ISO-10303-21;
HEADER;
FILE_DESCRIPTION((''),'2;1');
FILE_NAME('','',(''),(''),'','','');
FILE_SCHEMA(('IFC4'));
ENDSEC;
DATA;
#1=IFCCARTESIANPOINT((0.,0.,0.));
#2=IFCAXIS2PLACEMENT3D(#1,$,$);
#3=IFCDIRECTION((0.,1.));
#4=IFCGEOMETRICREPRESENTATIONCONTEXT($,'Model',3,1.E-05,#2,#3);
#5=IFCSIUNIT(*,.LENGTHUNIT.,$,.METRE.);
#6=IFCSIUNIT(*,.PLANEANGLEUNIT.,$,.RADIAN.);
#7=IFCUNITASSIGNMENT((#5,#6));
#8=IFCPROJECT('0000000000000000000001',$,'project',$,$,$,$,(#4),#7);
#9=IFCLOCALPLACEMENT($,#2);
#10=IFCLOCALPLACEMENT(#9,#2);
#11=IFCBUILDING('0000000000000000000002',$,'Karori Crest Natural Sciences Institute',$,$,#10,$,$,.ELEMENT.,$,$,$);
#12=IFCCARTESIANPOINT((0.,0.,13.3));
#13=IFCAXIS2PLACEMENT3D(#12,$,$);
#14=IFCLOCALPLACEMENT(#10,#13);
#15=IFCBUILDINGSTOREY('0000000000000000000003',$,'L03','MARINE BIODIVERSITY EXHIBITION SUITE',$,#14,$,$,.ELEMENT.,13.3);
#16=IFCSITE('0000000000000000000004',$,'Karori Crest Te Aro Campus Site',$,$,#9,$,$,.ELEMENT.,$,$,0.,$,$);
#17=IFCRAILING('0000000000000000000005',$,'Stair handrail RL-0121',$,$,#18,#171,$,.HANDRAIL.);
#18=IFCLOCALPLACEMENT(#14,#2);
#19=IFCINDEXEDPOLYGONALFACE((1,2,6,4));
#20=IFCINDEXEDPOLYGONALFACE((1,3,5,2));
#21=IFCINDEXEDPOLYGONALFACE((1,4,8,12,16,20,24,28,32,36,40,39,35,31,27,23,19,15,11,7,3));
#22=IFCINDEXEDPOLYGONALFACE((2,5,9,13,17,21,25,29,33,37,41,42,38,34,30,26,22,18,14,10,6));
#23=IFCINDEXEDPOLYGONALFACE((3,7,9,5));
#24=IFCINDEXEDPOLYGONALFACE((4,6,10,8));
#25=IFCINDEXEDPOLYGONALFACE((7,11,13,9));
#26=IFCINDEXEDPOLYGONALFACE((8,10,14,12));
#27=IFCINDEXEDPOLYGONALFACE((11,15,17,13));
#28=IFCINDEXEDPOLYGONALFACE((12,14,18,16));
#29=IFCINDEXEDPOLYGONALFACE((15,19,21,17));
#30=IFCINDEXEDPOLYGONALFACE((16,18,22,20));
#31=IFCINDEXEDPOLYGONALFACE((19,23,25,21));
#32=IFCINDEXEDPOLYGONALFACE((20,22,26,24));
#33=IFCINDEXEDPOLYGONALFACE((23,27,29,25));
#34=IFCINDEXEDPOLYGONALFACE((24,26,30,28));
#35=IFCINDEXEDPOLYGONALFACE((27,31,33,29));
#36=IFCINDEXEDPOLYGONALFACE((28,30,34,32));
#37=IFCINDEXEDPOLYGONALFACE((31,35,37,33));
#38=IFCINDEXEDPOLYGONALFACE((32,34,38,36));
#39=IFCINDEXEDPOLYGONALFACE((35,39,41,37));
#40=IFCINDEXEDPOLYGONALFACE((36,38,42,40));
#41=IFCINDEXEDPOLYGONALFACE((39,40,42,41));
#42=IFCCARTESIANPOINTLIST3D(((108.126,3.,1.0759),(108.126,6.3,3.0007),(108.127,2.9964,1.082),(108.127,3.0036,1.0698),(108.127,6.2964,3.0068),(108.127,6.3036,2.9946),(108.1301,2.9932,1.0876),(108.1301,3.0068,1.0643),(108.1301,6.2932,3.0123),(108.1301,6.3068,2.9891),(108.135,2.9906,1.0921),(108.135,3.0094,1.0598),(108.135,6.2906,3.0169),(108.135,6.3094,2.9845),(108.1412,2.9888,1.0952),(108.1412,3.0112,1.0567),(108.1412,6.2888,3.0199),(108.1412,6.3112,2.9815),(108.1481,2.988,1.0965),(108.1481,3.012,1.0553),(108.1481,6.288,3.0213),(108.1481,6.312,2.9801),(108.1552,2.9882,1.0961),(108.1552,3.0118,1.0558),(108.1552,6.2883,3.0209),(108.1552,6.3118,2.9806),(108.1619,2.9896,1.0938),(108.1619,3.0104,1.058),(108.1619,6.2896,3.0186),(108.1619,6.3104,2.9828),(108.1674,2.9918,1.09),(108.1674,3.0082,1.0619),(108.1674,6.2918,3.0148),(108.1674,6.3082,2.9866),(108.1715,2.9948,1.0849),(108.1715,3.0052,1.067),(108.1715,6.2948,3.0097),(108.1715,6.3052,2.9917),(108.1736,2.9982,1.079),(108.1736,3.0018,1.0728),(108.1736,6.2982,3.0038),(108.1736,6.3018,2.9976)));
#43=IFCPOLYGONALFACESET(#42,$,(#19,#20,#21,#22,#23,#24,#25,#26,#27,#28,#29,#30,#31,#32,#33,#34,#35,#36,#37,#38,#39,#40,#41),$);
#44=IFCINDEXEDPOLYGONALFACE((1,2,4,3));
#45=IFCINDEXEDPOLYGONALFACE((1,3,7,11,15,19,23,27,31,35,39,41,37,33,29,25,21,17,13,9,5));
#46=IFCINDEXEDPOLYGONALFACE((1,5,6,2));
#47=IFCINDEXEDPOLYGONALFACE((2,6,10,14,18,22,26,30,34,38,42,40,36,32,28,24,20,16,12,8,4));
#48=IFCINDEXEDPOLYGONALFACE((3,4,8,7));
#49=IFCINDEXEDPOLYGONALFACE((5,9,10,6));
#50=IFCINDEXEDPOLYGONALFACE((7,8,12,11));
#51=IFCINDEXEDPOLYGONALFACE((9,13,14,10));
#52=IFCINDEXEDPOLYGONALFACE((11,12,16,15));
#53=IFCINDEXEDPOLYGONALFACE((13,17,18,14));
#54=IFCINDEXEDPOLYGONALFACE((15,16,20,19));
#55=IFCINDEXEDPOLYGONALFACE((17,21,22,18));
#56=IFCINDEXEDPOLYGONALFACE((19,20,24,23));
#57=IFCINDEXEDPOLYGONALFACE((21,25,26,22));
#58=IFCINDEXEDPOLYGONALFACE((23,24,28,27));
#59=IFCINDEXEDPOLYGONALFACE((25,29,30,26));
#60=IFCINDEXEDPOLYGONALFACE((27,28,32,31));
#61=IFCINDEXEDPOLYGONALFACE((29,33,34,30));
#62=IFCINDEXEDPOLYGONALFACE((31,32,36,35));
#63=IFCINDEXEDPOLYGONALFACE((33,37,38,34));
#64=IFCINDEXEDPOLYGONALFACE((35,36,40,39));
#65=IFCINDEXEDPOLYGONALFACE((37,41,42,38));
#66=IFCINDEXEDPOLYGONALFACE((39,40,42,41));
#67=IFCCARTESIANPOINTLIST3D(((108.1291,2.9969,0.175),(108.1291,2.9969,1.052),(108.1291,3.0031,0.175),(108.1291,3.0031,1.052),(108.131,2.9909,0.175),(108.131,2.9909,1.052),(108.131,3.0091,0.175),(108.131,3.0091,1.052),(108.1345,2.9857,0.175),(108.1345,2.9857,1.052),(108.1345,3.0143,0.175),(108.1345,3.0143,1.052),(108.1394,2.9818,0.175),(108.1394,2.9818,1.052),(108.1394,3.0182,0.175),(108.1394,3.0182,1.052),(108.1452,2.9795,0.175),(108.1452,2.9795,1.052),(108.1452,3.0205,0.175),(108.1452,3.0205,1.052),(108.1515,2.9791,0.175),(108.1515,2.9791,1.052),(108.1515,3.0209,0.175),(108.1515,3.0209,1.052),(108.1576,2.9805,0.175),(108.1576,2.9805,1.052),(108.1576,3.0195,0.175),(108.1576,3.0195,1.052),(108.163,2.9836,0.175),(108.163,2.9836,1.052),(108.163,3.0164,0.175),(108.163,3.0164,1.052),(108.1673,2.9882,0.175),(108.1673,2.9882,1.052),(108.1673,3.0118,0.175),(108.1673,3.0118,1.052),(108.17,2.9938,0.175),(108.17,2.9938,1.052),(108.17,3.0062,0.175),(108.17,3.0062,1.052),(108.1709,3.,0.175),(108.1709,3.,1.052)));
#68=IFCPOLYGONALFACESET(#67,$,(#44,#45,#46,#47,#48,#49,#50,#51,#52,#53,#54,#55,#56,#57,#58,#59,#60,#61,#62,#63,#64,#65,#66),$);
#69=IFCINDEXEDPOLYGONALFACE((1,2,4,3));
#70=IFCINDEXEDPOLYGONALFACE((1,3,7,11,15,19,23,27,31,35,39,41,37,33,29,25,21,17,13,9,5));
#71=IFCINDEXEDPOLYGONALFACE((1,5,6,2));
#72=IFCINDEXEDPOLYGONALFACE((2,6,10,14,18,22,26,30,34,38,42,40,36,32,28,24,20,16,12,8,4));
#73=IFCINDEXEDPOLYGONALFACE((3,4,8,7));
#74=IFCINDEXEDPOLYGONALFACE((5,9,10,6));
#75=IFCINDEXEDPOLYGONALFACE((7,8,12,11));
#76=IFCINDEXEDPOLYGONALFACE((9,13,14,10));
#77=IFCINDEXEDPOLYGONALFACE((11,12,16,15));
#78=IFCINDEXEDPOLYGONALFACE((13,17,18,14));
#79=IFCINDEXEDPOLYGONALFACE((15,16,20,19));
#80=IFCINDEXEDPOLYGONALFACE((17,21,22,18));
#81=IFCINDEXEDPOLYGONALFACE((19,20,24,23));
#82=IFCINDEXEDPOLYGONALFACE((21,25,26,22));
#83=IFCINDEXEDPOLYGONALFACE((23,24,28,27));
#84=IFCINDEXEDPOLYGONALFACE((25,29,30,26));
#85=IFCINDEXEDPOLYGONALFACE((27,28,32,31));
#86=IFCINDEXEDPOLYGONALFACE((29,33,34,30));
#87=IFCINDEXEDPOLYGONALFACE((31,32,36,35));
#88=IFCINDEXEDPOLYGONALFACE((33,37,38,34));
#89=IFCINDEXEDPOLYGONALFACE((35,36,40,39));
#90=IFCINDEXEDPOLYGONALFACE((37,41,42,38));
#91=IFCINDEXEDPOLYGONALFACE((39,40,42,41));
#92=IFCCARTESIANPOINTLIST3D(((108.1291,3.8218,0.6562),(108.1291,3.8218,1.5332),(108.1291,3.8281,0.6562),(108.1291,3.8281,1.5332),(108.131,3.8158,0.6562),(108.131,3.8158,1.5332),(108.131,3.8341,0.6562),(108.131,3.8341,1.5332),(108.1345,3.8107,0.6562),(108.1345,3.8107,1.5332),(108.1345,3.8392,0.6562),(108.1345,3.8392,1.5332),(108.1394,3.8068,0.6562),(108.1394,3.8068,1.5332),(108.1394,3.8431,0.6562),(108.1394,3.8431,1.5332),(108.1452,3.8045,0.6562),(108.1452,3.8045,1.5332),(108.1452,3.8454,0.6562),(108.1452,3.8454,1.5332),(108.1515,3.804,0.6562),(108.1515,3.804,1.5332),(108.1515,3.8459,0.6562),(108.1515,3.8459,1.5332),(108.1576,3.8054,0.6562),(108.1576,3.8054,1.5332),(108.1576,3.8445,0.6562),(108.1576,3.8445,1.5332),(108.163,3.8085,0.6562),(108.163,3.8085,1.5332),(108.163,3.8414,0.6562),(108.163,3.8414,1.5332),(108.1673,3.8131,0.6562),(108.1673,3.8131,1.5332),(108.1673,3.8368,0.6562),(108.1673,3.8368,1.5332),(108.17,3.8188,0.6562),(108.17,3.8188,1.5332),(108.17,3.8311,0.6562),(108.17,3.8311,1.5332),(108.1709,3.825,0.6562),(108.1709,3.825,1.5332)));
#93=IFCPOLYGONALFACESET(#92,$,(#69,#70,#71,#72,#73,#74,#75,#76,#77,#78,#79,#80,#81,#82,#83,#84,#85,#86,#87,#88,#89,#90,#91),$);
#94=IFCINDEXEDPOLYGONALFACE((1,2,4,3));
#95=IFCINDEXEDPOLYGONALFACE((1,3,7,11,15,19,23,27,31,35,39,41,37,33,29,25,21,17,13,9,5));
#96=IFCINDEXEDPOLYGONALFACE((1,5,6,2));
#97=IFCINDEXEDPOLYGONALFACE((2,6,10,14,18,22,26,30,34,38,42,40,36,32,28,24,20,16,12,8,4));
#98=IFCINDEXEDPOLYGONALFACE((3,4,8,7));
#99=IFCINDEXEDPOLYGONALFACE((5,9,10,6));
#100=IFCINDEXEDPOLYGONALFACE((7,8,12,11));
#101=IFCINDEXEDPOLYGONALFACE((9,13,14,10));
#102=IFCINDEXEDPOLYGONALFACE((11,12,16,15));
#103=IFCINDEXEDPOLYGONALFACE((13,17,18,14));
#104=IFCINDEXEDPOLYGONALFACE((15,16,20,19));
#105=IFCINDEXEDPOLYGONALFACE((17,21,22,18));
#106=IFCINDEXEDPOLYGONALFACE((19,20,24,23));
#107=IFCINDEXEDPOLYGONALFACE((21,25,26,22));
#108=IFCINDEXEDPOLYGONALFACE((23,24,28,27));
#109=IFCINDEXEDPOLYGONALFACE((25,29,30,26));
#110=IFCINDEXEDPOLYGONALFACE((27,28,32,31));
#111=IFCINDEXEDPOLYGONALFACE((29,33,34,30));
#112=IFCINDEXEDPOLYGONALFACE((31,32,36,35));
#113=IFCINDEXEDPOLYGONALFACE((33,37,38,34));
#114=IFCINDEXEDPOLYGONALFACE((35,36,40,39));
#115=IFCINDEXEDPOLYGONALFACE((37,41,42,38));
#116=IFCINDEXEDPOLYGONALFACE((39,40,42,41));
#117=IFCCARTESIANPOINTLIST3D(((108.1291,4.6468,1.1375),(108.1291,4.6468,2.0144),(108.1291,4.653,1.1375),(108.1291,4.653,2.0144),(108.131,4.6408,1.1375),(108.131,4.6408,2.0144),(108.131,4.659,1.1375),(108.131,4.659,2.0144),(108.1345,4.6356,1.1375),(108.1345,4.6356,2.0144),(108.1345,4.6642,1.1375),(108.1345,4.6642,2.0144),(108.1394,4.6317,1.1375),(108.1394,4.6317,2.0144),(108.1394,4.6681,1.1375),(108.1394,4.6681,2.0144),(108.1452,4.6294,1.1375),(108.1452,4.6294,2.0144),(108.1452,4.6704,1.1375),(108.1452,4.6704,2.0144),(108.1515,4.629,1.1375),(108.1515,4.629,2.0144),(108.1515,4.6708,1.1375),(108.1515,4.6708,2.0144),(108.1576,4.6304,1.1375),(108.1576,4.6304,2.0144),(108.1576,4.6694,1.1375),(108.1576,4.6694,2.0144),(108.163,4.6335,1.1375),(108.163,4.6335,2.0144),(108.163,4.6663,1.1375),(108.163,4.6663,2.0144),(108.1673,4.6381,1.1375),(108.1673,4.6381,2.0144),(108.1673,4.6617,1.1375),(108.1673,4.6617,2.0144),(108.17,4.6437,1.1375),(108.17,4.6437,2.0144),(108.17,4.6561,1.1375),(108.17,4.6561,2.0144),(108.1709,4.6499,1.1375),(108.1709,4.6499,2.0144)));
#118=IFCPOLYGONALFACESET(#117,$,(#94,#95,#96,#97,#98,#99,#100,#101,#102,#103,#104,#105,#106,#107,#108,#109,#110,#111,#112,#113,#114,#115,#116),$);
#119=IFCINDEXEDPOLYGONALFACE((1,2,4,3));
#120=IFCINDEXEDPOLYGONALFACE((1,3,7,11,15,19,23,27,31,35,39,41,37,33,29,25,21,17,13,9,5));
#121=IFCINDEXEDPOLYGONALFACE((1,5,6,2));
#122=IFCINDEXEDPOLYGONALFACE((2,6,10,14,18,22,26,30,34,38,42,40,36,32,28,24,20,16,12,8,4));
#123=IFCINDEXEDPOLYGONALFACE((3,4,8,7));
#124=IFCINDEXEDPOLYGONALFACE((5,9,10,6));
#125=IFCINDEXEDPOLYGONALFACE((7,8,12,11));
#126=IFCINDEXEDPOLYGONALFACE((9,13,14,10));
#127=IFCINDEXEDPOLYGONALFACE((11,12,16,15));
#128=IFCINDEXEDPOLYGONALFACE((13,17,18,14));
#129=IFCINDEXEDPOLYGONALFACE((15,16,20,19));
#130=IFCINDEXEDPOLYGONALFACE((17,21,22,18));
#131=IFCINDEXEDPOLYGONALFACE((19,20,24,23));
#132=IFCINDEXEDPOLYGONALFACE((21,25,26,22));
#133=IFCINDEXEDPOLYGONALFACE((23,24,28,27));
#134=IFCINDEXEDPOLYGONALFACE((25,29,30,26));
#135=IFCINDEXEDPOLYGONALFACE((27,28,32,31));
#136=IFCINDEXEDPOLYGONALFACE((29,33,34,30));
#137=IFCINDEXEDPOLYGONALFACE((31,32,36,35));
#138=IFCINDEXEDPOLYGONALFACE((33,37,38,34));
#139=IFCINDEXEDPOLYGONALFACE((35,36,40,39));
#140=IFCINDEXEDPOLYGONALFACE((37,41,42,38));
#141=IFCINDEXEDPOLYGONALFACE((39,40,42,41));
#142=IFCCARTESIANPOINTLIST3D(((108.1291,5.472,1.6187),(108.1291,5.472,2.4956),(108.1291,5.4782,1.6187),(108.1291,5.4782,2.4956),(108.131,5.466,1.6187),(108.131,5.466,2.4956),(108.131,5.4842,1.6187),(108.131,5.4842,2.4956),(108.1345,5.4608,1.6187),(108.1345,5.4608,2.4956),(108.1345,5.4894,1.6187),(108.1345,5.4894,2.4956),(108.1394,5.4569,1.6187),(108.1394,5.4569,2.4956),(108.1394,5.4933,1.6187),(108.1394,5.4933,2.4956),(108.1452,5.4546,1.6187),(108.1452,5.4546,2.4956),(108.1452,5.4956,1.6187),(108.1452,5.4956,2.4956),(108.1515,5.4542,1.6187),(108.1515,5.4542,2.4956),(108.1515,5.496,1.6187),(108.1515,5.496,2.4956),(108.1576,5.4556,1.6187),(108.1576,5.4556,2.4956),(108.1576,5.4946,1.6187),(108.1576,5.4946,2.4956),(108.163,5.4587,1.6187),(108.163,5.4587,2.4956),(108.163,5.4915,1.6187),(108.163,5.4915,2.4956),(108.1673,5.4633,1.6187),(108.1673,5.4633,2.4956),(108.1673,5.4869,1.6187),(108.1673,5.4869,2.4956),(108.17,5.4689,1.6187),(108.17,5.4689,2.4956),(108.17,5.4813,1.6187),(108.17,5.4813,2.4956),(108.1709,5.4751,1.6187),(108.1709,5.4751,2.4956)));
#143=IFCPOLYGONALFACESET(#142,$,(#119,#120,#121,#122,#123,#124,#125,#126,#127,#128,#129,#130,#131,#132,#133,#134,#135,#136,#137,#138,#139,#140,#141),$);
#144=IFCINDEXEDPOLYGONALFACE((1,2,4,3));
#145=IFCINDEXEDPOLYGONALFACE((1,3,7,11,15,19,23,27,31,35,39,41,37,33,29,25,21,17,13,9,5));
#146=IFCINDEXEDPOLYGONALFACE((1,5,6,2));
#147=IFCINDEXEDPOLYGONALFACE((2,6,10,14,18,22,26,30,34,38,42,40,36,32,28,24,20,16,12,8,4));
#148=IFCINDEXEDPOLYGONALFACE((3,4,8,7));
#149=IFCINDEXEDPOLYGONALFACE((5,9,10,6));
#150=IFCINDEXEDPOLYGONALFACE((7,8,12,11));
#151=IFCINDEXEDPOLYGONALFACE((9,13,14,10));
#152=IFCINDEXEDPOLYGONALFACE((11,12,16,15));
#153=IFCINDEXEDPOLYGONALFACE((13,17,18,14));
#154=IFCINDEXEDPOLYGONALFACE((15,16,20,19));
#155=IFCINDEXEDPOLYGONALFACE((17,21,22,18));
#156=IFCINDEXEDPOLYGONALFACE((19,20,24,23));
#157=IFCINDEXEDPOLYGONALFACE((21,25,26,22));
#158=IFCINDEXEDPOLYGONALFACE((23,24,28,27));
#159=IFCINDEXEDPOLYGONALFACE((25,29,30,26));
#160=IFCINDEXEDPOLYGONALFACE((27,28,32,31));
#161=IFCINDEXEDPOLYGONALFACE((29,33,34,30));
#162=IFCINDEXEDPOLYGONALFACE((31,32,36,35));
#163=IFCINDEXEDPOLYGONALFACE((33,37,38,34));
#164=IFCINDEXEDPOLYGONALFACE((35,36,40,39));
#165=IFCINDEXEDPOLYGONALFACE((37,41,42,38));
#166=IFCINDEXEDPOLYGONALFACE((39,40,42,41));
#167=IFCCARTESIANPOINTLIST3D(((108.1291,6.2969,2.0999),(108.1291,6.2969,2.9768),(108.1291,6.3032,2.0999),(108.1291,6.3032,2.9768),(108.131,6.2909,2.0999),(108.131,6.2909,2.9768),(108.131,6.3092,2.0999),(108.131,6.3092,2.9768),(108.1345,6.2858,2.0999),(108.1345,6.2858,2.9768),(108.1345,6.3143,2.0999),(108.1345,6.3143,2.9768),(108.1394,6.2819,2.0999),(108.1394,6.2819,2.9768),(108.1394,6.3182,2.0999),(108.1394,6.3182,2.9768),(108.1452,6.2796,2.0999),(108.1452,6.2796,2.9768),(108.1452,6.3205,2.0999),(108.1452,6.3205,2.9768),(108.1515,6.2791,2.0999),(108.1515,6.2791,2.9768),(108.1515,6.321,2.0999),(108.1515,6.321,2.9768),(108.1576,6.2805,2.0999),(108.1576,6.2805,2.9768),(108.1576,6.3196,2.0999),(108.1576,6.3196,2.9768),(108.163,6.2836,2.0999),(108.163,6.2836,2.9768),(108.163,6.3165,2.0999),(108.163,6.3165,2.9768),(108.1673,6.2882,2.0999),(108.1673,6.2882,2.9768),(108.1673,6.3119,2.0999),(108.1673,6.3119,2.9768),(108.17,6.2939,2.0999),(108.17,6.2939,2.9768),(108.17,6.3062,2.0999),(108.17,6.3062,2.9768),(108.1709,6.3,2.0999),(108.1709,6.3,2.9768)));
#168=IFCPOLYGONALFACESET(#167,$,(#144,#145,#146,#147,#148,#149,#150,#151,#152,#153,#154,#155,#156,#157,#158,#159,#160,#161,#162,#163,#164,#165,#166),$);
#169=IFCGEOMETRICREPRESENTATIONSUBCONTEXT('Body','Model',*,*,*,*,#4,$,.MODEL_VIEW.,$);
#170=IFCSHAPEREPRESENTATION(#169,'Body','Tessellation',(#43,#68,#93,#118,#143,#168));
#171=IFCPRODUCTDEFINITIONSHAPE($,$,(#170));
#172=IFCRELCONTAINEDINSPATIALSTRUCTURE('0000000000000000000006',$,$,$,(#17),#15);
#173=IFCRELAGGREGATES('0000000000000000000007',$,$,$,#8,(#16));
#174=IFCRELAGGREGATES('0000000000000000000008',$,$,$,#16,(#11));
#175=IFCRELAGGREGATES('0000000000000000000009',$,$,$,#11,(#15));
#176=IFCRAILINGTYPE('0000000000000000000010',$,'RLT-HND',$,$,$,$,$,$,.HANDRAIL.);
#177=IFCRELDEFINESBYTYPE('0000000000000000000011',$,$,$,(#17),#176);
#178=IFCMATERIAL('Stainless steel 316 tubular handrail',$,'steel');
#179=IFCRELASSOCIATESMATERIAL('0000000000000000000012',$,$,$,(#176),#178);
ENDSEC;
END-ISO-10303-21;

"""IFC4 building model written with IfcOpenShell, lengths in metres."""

from ifc_helpers import new_model, si_unit, direction, frame, origin, origin_2d, place, context, subcontext, project, spatial, circle, extrude, material, type_object, element, save


model = new_model("IFC4")

# Units and contexts
model_context = context("Model", 3, precision=1e-05, world=origin(), true_north=direction((0.0, 1.0)))
body_context = subcontext(model_context, "Body", "Model", "MODEL_VIEW")
ifc_project = project(units=[si_unit("LENGTHUNIT", "METRE"), si_unit("PLANEANGLEUNIT", "RADIAN")], contexts=[model_context])

# Site, building, storey
site_placement = place(None, origin())
site = spatial("IfcSite", under=ifc_project, at=site_placement, Name="Karori Crest Te Aro Campus Site", CompositionType="ELEMENT", RefElevation=0.0)
building_placement = place(site_placement, origin())
building = spatial("IfcBuilding", under=site, at=building_placement, Name="Karori Crest Natural Sciences Institute", CompositionType="ELEMENT")
storey_placement = place(building_placement, frame((0.0, 0.0, 13.3)))
storey = spatial("IfcBuildingStorey", under=building, at=storey_placement, Name="L03", Description="MARINE BIODIVERSITY EXHIBITION SUITE", CompositionType="ELEMENT", Elevation=13.3)

# Railing
ifc_material_1 = material(Name="Stainless steel 316 tubular handrail", Category="steel")
railing_type_1 = type_object("IfcRailingType", Name="RLT-HND", PredefinedType="HANDRAIL", material=ifc_material_1)
railing_1_placement = place(storey_placement, frame((108.1499, 3.0, 0.175)))
element("IfcRailing", 1, at=railing_1_placement, inside=storey, type_object=railing_type_1, Name="Stair handrail RL-0121", PredefinedType="HANDRAIL", context=body_context, shape_type="SweptSolid", body=[
    extrude(circle(Radius=0.0239, at=origin_2d()), frame((0.0, 0.0, 0.9009), z_axis=(0.0, 0.863804, 0.503827), x_axis=(-1.0, 0.0, 0.0)), (0.0, 0.0, 1.0), 3.8203),
    extrude(circle(Radius=0.021, at=origin_2d()), origin(), (0.0, 0.0, 1.0), 0.877),
    extrude(circle(Radius=0.021, at=origin_2d()), frame((0.0, 0.825, 0.4812)), (0.0, 0.0, 1.0), 0.877),
    extrude(circle(Radius=0.021, at=origin_2d()), frame((0.0, 1.6499, 0.9624)), (0.0, 0.0, 1.0), 0.877),
    extrude(circle(Radius=0.021, at=origin_2d()), frame((0.0, 2.4751, 1.4436)), (0.0, 0.0, 1.0), 0.877),
    extrude(circle(Radius=0.021, at=origin_2d()), frame((0.0, 3.3, 1.9248)), (0.0, 0.0, 1.0), 0.877),
])

save(model, "model.ifc")
